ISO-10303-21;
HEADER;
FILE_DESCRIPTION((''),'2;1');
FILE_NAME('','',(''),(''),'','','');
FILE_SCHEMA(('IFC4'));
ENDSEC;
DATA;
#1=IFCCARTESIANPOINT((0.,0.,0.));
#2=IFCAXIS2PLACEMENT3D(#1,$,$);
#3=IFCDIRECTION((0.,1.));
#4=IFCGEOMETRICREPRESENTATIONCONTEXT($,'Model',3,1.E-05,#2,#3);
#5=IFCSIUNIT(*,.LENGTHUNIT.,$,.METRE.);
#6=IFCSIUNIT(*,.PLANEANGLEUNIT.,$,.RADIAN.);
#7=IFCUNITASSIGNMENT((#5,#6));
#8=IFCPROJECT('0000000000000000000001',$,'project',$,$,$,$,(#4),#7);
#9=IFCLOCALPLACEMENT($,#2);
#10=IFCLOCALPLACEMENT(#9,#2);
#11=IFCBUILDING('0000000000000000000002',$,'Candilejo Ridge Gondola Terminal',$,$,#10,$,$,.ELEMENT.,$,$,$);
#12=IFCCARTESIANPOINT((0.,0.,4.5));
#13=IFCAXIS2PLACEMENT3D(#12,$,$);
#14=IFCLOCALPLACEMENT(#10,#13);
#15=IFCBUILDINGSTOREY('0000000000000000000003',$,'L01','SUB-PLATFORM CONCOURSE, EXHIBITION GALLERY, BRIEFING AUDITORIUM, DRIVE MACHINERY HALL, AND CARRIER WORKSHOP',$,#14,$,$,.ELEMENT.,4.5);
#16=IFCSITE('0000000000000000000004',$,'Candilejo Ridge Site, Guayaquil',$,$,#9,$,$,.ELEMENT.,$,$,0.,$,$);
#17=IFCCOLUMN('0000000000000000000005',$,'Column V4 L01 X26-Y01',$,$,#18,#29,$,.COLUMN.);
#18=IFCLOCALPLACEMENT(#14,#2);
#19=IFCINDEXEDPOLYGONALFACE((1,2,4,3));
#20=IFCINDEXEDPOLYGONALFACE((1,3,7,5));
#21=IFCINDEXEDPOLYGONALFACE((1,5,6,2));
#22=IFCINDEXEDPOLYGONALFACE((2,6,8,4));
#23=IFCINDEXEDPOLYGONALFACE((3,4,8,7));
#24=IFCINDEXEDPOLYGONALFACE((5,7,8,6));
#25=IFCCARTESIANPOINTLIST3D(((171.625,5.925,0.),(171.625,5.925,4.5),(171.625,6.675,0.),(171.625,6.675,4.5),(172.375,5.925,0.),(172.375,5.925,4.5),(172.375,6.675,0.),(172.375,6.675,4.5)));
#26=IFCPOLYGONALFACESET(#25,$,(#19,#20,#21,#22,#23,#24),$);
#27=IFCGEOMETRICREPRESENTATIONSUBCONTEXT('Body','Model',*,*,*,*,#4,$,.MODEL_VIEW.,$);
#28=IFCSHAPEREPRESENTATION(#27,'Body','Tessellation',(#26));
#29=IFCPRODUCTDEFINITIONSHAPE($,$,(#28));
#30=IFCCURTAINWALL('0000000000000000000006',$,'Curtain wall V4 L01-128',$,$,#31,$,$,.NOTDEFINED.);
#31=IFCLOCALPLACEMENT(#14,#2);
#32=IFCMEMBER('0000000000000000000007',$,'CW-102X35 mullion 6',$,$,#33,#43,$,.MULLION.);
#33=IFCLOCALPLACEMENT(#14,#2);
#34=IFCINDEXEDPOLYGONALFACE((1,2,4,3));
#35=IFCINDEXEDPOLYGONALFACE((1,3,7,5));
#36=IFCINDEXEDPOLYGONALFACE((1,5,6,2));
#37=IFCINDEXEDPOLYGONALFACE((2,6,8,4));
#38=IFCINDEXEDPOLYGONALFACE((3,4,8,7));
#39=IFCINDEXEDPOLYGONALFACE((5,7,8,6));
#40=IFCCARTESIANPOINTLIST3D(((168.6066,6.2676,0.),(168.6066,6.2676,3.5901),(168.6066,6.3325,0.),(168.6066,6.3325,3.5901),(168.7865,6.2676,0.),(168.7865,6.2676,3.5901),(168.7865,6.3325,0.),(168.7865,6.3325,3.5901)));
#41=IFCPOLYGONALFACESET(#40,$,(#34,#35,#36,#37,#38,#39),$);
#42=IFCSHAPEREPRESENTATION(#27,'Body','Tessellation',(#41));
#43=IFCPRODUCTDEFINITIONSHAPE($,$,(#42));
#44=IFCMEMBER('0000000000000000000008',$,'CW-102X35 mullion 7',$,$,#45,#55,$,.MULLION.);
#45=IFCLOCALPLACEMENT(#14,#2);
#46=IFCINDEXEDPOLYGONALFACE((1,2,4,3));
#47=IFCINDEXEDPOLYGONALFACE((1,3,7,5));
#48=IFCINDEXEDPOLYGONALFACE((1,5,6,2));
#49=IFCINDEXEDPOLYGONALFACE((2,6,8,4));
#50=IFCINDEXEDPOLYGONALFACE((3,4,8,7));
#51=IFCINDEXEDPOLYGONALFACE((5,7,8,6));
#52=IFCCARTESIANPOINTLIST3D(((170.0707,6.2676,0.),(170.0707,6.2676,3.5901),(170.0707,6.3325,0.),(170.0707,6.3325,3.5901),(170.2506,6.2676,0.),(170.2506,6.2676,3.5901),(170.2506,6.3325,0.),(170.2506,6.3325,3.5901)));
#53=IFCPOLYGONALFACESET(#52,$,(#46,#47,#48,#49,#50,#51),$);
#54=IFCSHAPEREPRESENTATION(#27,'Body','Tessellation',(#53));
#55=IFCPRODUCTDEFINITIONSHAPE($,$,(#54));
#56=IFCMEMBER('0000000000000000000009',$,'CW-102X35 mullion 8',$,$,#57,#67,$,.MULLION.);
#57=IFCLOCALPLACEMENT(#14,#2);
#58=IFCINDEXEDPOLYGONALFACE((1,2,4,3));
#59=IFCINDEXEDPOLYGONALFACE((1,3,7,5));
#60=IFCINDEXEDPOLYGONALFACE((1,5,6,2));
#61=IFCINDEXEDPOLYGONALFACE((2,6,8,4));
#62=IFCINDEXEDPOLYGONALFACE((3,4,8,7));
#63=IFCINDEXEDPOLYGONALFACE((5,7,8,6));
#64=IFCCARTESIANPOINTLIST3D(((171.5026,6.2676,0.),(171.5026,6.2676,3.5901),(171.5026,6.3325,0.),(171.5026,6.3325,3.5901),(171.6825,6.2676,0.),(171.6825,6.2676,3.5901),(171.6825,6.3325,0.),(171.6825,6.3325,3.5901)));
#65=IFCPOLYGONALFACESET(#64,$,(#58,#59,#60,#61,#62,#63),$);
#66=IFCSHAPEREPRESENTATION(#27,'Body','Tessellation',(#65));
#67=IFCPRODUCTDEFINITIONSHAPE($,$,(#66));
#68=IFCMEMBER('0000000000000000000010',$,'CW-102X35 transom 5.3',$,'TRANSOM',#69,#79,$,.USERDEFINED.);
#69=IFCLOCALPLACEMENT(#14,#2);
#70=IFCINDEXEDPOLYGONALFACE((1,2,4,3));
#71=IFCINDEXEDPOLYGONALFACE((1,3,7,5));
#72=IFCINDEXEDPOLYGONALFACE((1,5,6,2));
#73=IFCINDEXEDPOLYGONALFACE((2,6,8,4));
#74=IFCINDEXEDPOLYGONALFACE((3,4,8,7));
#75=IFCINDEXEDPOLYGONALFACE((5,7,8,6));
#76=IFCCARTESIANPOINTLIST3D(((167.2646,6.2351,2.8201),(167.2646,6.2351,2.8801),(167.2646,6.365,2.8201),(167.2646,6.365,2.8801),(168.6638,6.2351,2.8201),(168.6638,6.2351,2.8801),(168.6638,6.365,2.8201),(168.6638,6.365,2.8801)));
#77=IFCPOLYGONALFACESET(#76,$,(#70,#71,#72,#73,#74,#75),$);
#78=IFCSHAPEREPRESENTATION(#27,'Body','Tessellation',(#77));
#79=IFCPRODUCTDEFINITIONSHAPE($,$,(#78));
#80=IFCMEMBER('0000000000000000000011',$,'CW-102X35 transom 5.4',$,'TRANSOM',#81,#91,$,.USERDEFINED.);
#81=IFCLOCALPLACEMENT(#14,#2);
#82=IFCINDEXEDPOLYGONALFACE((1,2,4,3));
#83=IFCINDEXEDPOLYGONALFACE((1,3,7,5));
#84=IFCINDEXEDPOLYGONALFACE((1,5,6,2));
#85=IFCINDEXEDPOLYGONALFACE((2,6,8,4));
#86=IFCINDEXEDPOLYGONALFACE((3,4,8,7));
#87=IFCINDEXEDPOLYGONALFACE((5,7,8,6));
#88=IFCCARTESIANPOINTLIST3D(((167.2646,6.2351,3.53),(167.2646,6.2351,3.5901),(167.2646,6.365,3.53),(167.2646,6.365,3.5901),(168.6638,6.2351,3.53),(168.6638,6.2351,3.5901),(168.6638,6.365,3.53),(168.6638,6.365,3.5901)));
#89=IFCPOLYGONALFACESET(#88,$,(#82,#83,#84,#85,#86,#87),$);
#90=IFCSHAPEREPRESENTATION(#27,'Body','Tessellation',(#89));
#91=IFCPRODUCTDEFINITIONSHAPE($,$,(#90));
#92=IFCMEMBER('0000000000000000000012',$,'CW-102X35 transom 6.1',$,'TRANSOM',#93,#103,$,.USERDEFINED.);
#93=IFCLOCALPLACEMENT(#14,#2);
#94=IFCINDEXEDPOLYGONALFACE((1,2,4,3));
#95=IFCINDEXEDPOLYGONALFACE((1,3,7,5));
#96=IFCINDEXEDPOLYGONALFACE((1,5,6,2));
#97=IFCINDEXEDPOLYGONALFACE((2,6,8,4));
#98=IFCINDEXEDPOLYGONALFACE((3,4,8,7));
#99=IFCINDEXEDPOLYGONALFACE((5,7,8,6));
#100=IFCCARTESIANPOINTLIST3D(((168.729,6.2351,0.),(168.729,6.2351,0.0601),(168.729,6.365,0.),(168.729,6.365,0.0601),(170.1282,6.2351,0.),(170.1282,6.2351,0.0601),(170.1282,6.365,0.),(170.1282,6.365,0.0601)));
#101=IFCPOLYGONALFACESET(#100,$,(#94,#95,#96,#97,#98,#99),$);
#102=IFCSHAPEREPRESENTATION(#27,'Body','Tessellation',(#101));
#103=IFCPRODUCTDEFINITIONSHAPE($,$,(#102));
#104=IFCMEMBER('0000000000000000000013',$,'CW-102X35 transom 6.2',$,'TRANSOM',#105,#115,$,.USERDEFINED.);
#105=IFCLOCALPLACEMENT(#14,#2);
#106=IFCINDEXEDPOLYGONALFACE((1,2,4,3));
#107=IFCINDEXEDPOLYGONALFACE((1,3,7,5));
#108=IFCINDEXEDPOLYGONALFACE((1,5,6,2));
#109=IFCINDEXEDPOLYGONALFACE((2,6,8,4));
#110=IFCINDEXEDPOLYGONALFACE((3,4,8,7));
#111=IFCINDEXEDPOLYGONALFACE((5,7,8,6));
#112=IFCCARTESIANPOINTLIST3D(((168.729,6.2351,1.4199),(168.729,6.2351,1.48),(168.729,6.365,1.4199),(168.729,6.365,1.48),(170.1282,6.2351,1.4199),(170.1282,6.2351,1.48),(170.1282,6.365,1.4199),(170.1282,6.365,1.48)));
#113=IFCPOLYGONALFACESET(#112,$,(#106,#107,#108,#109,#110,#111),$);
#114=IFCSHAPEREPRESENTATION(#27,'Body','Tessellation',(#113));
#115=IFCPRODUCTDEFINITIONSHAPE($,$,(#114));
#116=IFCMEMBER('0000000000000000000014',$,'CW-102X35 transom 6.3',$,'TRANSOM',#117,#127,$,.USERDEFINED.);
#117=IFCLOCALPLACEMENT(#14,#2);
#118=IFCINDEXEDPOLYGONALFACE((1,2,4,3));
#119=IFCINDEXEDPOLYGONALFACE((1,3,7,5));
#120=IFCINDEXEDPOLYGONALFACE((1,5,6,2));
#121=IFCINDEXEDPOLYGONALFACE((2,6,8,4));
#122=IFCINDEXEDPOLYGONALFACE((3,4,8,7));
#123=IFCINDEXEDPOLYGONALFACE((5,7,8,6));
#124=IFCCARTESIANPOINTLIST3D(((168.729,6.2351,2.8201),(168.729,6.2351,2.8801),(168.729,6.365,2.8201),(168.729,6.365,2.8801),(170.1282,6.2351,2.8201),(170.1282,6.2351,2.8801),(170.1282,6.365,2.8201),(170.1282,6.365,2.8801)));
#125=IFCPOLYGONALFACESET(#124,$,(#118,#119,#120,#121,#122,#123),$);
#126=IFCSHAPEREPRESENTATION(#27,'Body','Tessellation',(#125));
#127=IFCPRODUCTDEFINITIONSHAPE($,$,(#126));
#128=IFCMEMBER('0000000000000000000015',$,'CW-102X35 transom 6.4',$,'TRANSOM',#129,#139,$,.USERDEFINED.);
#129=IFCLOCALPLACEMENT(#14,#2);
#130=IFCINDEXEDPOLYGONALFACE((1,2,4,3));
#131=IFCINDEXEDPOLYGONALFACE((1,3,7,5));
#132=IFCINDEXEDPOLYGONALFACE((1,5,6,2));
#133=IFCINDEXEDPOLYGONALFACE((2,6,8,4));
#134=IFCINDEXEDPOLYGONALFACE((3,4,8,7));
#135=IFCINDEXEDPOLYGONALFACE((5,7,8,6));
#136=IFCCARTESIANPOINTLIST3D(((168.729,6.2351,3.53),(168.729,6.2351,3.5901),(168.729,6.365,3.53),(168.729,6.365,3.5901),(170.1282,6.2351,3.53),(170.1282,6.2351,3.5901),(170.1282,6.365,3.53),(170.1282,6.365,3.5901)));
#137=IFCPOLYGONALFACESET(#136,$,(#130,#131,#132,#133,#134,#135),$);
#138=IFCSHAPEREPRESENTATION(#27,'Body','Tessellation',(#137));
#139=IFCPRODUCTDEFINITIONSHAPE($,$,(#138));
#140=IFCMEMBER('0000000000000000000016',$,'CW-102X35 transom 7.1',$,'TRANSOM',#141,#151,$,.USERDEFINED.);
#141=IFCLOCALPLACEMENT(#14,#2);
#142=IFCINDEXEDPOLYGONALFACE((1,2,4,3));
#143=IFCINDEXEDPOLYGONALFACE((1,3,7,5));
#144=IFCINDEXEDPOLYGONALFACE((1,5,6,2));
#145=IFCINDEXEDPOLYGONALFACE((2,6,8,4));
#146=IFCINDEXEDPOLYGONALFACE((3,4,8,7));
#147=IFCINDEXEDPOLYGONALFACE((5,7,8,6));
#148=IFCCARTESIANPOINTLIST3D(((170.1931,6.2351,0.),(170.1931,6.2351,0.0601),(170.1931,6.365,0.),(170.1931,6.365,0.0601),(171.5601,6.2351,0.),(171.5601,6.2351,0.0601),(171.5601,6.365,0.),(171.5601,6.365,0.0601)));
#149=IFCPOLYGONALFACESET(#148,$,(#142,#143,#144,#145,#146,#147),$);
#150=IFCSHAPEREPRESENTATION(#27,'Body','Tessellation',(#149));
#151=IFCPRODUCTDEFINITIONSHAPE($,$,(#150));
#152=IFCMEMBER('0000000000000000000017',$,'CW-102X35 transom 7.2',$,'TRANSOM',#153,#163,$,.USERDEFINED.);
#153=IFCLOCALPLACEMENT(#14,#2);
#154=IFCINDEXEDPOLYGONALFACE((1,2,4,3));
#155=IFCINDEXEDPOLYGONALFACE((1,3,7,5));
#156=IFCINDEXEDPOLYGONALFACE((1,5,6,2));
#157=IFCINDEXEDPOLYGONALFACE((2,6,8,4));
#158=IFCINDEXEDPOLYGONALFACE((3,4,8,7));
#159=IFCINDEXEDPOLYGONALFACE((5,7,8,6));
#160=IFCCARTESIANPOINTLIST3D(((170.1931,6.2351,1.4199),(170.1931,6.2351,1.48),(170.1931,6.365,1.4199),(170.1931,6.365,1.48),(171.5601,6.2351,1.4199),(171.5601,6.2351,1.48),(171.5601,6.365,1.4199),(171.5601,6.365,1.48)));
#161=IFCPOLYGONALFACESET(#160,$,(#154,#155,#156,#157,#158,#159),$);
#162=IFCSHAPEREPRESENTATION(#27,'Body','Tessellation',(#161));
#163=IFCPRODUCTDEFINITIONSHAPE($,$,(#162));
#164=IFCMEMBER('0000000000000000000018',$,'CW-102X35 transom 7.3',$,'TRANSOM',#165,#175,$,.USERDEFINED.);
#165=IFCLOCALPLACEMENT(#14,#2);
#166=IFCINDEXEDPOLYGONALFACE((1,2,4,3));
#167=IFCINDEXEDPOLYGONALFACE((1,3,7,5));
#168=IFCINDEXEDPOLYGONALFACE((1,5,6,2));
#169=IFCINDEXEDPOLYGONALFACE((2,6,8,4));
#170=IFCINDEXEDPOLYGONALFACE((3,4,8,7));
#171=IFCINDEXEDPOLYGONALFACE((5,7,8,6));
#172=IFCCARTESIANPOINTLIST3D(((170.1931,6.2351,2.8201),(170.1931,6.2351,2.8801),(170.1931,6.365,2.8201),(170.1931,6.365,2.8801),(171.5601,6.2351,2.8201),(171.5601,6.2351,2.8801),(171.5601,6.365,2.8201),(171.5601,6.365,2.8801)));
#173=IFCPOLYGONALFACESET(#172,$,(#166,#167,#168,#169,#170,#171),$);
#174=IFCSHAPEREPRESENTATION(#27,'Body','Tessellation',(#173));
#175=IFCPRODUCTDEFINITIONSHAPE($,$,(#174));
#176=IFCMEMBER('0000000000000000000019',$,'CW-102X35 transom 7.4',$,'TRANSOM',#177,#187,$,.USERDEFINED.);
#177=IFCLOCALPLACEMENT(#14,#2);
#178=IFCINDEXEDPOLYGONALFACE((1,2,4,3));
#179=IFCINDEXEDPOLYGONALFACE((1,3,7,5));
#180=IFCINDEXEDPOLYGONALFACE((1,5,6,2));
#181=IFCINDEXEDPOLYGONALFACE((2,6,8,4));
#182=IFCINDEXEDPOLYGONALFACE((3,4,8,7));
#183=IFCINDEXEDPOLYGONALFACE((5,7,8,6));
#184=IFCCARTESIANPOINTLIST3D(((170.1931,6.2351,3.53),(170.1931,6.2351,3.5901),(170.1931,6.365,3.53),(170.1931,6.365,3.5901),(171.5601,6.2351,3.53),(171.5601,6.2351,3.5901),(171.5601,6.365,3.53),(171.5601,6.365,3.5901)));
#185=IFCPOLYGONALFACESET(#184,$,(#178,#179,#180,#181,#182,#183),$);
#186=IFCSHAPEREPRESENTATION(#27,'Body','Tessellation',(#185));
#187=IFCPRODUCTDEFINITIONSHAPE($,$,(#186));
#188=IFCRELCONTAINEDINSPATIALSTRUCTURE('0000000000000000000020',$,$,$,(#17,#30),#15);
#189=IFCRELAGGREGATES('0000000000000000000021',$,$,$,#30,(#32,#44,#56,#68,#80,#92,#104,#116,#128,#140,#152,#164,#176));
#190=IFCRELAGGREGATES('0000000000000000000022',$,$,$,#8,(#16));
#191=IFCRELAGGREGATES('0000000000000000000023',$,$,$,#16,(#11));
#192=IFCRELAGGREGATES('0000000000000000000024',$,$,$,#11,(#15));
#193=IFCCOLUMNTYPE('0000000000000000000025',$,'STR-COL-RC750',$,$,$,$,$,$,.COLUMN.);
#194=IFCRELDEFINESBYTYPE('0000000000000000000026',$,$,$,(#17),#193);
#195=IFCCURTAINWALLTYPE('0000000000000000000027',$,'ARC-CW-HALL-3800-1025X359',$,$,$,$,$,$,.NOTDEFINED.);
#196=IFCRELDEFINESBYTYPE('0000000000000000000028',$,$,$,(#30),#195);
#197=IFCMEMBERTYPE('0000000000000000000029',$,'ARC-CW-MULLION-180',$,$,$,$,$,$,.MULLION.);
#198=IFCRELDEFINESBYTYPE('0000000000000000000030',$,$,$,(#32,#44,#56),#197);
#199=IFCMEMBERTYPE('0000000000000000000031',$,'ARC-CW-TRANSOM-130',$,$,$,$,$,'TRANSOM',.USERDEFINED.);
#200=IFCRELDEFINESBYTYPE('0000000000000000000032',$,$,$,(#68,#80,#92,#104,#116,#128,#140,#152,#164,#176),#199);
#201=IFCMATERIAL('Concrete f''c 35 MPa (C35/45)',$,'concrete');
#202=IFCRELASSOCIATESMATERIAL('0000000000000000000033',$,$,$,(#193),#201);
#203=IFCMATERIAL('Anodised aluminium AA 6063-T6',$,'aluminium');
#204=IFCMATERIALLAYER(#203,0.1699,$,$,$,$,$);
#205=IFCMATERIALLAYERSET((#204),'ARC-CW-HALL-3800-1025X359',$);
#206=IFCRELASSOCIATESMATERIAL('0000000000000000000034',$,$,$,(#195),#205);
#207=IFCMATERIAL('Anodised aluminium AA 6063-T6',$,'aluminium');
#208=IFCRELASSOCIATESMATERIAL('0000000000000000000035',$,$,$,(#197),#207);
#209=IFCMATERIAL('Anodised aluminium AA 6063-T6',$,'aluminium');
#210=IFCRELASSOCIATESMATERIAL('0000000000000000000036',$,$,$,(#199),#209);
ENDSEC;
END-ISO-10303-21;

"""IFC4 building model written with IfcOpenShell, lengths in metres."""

from ifc_helpers import new_model, si_unit, direction, frame, origin, origin_2d, place, context, subcontext, project, spatial, rectangle, extrude, material, layer, layer_set, material_profile, profile_set, type_object, element, aggregate, save


model = new_model("IFC4")

# Units and contexts
model_context = context("Model", 3, precision=1e-05, world=origin(), true_north=direction((0.0, 1.0)))
body_context = subcontext(model_context, "Body", "Model", "MODEL_VIEW")
ifc_project = project(units=[si_unit("LENGTHUNIT", "METRE"), si_unit("PLANEANGLEUNIT", "RADIAN")], contexts=[model_context])

# Site, building, storey
site_placement = place(None, origin())
site = spatial("IfcSite", under=ifc_project, at=site_placement, Name="Candilejo Ridge Site, Guayaquil", CompositionType="ELEMENT", RefElevation=0.0)
building_placement = place(site_placement, origin())
building = spatial("IfcBuilding", under=site, at=building_placement, Name="Candilejo Ridge Gondola Terminal", CompositionType="ELEMENT")
storey_placement = place(building_placement, frame((0.0, 0.0, 4.5)))
storey = spatial("IfcBuildingStorey", under=building, at=storey_placement, Name="L01", Description="SUB-PLATFORM CONCOURSE, EXHIBITION GALLERY, BRIEFING AUDITORIUM, DRIVE MACHINERY HALL, AND CARRIER WORKSHOP", CompositionType="ELEMENT", Elevation=4.5)

# Column
ifc_material_1 = material(Name="Concrete f'c 35 MPa (C35/45)", Category="concrete")
ifc_material_profile_1 = material_profile(ifc_material_1, rectangle(XDim=0.75, YDim=0.75, at=origin_2d()))
ifc_profile_set_1 = profile_set([ifc_material_profile_1], Name="Concrete f'c 35 MPa (C35/45)")
column_type = type_object("IfcColumnType", Name="STR-COL-RC750", PredefinedType="COLUMN", material=ifc_profile_set_1)
column_placement = place(storey_placement, frame((172.0, 6.3, 0.0), z_axis=(0.0, 0.0, 1.0), x_axis=(1.0, 0.0, 0.0)))
element("IfcColumn", 1, at=column_placement, inside=storey, type_object=column_type, Name="Column V4 L01 X26-Y01", PredefinedType="COLUMN", context=body_context, shape_type="SweptSolid", body=[
    extrude(rectangle(XDim=0.75, YDim=0.75, at=origin_2d()), origin(), (0.0, 0.0, 1.0), 4.5),
])

# Curtain wall, members
ifc_material_2 = material(Name="Anodised aluminium AA 6063-T6", Category="aluminium")
ifc_layer_1 = layer(ifc_material_2, 0.1699)
ifc_layer_set_1 = layer_set([ifc_layer_1], Name="ARC-CW-HALL-3800-1025X359")
curtain_wall_type = type_object("IfcCurtainWallType", Name="ARC-CW-HALL-3800-1025X359", PredefinedType="NOTDEFINED", material=ifc_layer_set_1)
curtain_wall_placement = place(storey_placement, origin())
curtain_wall = element("IfcCurtainWall", 2, at=curtain_wall_placement, inside=storey, type_object=curtain_wall_type, Name="Curtain wall V4 L01-128", PredefinedType="NOTDEFINED")
ifc_material_3 = material(Name="Anodised aluminium AA 6063-T6", Category="aluminium")
ifc_material_profile_2 = material_profile(ifc_material_3, rectangle(XDim=0.0649, YDim=0.1799, at=origin_2d()))
ifc_profile_set_2 = profile_set([ifc_material_profile_2], Name="Anodised aluminium AA 6063-T6")
member_type_1 = type_object("IfcMemberType", Name="ARC-CW-MULLION-180", PredefinedType="MULLION", material=ifc_profile_set_2)
member_1_placement = place(storey_placement, frame((168.6965, 6.3, 0.0), z_axis=(0.0, 0.0, 1.0), x_axis=(0.0, 1.0, 0.0)))
member_1 = element("IfcMember", 3, at=member_1_placement, type_object=member_type_1, Name="CW-102X35 mullion 6", PredefinedType="MULLION", context=body_context, shape_type="SweptSolid", body=[
    extrude(rectangle(XDim=0.0649, YDim=0.1799, at=origin_2d()), origin(), (0.0, 0.0, 1.0), 3.5901),
])
member_2_placement = place(storey_placement, frame((170.1606, 6.3, 0.0), z_axis=(0.0, 0.0, 1.0), x_axis=(0.0, 1.0, 0.0)))
member_2 = element("IfcMember", 4, at=member_2_placement, type_object=member_type_1, Name="CW-102X35 mullion 7", PredefinedType="MULLION", context=body_context, shape_type="SweptSolid", body=[
    extrude(rectangle(XDim=0.0649, YDim=0.1799, at=origin_2d()), origin(), (0.0, 0.0, 1.0), 3.5901),
])
member_3_placement = place(storey_placement, frame((171.5925, 6.3, 0.0), z_axis=(0.0, 0.0, 1.0), x_axis=(0.0, 1.0, 0.0)))
member_3 = element("IfcMember", 5, at=member_3_placement, type_object=member_type_1, Name="CW-102X35 mullion 8", PredefinedType="MULLION", context=body_context, shape_type="SweptSolid", body=[
    extrude(rectangle(XDim=0.0649, YDim=0.1799, at=origin_2d()), origin(), (0.0, 0.0, 1.0), 3.5901),
])
ifc_material_4 = material(Name="Anodised aluminium AA 6063-T6", Category="aluminium")
ifc_material_profile_3 = material_profile(ifc_material_4, rectangle(XDim=0.1299, YDim=0.0601, at=origin_2d()))
ifc_profile_set_3 = profile_set([ifc_material_profile_3], Name="Anodised aluminium AA 6063-T6")
member_type_2 = type_object("IfcMemberType", Name="ARC-CW-TRANSOM-130", ElementType="TRANSOM", PredefinedType="USERDEFINED", material=ifc_profile_set_3)
member_4_placement = place(storey_placement, frame((167.2646, 6.3, 2.8501), z_axis=(1.0, 0.0, 0.0), x_axis=(0.0, 1.0, 0.0)))
member_4 = element("IfcMember", 6, at=member_4_placement, type_object=member_type_2, Name="CW-102X35 transom 5.3", ObjectType="TRANSOM", PredefinedType="USERDEFINED", context=body_context, shape_type="SweptSolid", body=[
    extrude(rectangle(XDim=0.1299, YDim=0.0601, at=origin_2d()), origin(), (0.0, 0.0, 1.0), 1.3992),
])
member_5_placement = place(storey_placement, frame((167.2646, 6.3, 3.5601), z_axis=(1.0, 0.0, 0.0), x_axis=(0.0, 1.0, 0.0)))
member_5 = element("IfcMember", 7, at=member_5_placement, type_object=member_type_2, Name="CW-102X35 transom 5.4", ObjectType="TRANSOM", PredefinedType="USERDEFINED", context=body_context, shape_type="SweptSolid", body=[
    extrude(rectangle(XDim=0.1299, YDim=0.0601, at=origin_2d()), origin(), (0.0, 0.0, 1.0), 1.3992),
])
member_6_placement = place(storey_placement, frame((168.729, 6.3, 0.03), z_axis=(1.0, 0.0, 0.0), x_axis=(0.0, 1.0, 0.0)))
member_6 = element("IfcMember", 8, at=member_6_placement, type_object=member_type_2, Name="CW-102X35 transom 6.1", ObjectType="TRANSOM", PredefinedType="USERDEFINED", context=body_context, shape_type="SweptSolid", body=[
    extrude(rectangle(XDim=0.1299, YDim=0.0601, at=origin_2d()), origin(), (0.0, 0.0, 1.0), 1.3992),
])
member_7_placement = place(storey_placement, frame((168.729, 6.3, 1.45), z_axis=(1.0, 0.0, 0.0), x_axis=(0.0, 1.0, 0.0)))
member_7 = element("IfcMember", 9, at=member_7_placement, type_object=member_type_2, Name="CW-102X35 transom 6.2", ObjectType="TRANSOM", PredefinedType="USERDEFINED", context=body_context, shape_type="SweptSolid", body=[
    extrude(rectangle(XDim=0.1299, YDim=0.0601, at=origin_2d()), origin(), (0.0, 0.0, 1.0), 1.3992),
])
member_8_placement = place(storey_placement, frame((168.729, 6.3, 2.8501), z_axis=(1.0, 0.0, 0.0), x_axis=(0.0, 1.0, 0.0)))
member_8 = element("IfcMember", 10, at=member_8_placement, type_object=member_type_2, Name="CW-102X35 transom 6.3", ObjectType="TRANSOM", PredefinedType="USERDEFINED", context=body_context, shape_type="SweptSolid", body=[
    extrude(rectangle(XDim=0.1299, YDim=0.0601, at=origin_2d()), origin(), (0.0, 0.0, 1.0), 1.3992),
])
member_9_placement = place(storey_placement, frame((168.729, 6.3, 3.5601), z_axis=(1.0, 0.0, 0.0), x_axis=(0.0, 1.0, 0.0)))
member_9 = element("IfcMember", 11, at=member_9_placement, type_object=member_type_2, Name="CW-102X35 transom 6.4", ObjectType="TRANSOM", PredefinedType="USERDEFINED", context=body_context, shape_type="SweptSolid", body=[
    extrude(rectangle(XDim=0.1299, YDim=0.0601, at=origin_2d()), origin(), (0.0, 0.0, 1.0), 1.3992),
])
member_10_placement = place(storey_placement, frame((170.1931, 6.3, 0.03), z_axis=(1.0, 0.0, 0.0), x_axis=(0.0, 1.0, 0.0)))
member_10 = element("IfcMember", 12, at=member_10_placement, type_object=member_type_2, Name="CW-102X35 transom 7.1", ObjectType="TRANSOM", PredefinedType="USERDEFINED", context=body_context, shape_type="SweptSolid", body=[
    extrude(rectangle(XDim=0.1299, YDim=0.0601, at=origin_2d()), origin(), (0.0, 0.0, 1.0), 1.3669),
])
member_11_placement = place(storey_placement, frame((170.1931, 6.3, 1.45), z_axis=(1.0, 0.0, 0.0), x_axis=(0.0, 1.0, 0.0)))
member_11 = element("IfcMember", 13, at=member_11_placement, type_object=member_type_2, Name="CW-102X35 transom 7.2", ObjectType="TRANSOM", PredefinedType="USERDEFINED", context=body_context, shape_type="SweptSolid", body=[
    extrude(rectangle(XDim=0.1299, YDim=0.0601, at=origin_2d()), origin(), (0.0, 0.0, 1.0), 1.3669),
])
member_12_placement = place(storey_placement, frame((170.1931, 6.3, 2.8501), z_axis=(1.0, 0.0, 0.0), x_axis=(0.0, 1.0, 0.0)))
member_12 = element("IfcMember", 14, at=member_12_placement, type_object=member_type_2, Name="CW-102X35 transom 7.3", ObjectType="TRANSOM", PredefinedType="USERDEFINED", context=body_context, shape_type="SweptSolid", body=[
    extrude(rectangle(XDim=0.1299, YDim=0.0601, at=origin_2d()), origin(), (0.0, 0.0, 1.0), 1.3669),
])
member_13_placement = place(storey_placement, frame((170.1931, 6.3, 3.5601), z_axis=(1.0, 0.0, 0.0), x_axis=(0.0, 1.0, 0.0)))
member_13 = element("IfcMember", 15, at=member_13_placement, type_object=member_type_2, Name="CW-102X35 transom 7.4", ObjectType="TRANSOM", PredefinedType="USERDEFINED", context=body_context, shape_type="SweptSolid", body=[
    extrude(rectangle(XDim=0.1299, YDim=0.0601, at=origin_2d()), origin(), (0.0, 0.0, 1.0), 1.3669),
])

aggregate(curtain_wall, [member_1, member_2, member_3, member_4, member_5, member_6, member_7, member_8, member_9, member_10, member_11, member_12, member_13])

save(model, "model.ifc")
